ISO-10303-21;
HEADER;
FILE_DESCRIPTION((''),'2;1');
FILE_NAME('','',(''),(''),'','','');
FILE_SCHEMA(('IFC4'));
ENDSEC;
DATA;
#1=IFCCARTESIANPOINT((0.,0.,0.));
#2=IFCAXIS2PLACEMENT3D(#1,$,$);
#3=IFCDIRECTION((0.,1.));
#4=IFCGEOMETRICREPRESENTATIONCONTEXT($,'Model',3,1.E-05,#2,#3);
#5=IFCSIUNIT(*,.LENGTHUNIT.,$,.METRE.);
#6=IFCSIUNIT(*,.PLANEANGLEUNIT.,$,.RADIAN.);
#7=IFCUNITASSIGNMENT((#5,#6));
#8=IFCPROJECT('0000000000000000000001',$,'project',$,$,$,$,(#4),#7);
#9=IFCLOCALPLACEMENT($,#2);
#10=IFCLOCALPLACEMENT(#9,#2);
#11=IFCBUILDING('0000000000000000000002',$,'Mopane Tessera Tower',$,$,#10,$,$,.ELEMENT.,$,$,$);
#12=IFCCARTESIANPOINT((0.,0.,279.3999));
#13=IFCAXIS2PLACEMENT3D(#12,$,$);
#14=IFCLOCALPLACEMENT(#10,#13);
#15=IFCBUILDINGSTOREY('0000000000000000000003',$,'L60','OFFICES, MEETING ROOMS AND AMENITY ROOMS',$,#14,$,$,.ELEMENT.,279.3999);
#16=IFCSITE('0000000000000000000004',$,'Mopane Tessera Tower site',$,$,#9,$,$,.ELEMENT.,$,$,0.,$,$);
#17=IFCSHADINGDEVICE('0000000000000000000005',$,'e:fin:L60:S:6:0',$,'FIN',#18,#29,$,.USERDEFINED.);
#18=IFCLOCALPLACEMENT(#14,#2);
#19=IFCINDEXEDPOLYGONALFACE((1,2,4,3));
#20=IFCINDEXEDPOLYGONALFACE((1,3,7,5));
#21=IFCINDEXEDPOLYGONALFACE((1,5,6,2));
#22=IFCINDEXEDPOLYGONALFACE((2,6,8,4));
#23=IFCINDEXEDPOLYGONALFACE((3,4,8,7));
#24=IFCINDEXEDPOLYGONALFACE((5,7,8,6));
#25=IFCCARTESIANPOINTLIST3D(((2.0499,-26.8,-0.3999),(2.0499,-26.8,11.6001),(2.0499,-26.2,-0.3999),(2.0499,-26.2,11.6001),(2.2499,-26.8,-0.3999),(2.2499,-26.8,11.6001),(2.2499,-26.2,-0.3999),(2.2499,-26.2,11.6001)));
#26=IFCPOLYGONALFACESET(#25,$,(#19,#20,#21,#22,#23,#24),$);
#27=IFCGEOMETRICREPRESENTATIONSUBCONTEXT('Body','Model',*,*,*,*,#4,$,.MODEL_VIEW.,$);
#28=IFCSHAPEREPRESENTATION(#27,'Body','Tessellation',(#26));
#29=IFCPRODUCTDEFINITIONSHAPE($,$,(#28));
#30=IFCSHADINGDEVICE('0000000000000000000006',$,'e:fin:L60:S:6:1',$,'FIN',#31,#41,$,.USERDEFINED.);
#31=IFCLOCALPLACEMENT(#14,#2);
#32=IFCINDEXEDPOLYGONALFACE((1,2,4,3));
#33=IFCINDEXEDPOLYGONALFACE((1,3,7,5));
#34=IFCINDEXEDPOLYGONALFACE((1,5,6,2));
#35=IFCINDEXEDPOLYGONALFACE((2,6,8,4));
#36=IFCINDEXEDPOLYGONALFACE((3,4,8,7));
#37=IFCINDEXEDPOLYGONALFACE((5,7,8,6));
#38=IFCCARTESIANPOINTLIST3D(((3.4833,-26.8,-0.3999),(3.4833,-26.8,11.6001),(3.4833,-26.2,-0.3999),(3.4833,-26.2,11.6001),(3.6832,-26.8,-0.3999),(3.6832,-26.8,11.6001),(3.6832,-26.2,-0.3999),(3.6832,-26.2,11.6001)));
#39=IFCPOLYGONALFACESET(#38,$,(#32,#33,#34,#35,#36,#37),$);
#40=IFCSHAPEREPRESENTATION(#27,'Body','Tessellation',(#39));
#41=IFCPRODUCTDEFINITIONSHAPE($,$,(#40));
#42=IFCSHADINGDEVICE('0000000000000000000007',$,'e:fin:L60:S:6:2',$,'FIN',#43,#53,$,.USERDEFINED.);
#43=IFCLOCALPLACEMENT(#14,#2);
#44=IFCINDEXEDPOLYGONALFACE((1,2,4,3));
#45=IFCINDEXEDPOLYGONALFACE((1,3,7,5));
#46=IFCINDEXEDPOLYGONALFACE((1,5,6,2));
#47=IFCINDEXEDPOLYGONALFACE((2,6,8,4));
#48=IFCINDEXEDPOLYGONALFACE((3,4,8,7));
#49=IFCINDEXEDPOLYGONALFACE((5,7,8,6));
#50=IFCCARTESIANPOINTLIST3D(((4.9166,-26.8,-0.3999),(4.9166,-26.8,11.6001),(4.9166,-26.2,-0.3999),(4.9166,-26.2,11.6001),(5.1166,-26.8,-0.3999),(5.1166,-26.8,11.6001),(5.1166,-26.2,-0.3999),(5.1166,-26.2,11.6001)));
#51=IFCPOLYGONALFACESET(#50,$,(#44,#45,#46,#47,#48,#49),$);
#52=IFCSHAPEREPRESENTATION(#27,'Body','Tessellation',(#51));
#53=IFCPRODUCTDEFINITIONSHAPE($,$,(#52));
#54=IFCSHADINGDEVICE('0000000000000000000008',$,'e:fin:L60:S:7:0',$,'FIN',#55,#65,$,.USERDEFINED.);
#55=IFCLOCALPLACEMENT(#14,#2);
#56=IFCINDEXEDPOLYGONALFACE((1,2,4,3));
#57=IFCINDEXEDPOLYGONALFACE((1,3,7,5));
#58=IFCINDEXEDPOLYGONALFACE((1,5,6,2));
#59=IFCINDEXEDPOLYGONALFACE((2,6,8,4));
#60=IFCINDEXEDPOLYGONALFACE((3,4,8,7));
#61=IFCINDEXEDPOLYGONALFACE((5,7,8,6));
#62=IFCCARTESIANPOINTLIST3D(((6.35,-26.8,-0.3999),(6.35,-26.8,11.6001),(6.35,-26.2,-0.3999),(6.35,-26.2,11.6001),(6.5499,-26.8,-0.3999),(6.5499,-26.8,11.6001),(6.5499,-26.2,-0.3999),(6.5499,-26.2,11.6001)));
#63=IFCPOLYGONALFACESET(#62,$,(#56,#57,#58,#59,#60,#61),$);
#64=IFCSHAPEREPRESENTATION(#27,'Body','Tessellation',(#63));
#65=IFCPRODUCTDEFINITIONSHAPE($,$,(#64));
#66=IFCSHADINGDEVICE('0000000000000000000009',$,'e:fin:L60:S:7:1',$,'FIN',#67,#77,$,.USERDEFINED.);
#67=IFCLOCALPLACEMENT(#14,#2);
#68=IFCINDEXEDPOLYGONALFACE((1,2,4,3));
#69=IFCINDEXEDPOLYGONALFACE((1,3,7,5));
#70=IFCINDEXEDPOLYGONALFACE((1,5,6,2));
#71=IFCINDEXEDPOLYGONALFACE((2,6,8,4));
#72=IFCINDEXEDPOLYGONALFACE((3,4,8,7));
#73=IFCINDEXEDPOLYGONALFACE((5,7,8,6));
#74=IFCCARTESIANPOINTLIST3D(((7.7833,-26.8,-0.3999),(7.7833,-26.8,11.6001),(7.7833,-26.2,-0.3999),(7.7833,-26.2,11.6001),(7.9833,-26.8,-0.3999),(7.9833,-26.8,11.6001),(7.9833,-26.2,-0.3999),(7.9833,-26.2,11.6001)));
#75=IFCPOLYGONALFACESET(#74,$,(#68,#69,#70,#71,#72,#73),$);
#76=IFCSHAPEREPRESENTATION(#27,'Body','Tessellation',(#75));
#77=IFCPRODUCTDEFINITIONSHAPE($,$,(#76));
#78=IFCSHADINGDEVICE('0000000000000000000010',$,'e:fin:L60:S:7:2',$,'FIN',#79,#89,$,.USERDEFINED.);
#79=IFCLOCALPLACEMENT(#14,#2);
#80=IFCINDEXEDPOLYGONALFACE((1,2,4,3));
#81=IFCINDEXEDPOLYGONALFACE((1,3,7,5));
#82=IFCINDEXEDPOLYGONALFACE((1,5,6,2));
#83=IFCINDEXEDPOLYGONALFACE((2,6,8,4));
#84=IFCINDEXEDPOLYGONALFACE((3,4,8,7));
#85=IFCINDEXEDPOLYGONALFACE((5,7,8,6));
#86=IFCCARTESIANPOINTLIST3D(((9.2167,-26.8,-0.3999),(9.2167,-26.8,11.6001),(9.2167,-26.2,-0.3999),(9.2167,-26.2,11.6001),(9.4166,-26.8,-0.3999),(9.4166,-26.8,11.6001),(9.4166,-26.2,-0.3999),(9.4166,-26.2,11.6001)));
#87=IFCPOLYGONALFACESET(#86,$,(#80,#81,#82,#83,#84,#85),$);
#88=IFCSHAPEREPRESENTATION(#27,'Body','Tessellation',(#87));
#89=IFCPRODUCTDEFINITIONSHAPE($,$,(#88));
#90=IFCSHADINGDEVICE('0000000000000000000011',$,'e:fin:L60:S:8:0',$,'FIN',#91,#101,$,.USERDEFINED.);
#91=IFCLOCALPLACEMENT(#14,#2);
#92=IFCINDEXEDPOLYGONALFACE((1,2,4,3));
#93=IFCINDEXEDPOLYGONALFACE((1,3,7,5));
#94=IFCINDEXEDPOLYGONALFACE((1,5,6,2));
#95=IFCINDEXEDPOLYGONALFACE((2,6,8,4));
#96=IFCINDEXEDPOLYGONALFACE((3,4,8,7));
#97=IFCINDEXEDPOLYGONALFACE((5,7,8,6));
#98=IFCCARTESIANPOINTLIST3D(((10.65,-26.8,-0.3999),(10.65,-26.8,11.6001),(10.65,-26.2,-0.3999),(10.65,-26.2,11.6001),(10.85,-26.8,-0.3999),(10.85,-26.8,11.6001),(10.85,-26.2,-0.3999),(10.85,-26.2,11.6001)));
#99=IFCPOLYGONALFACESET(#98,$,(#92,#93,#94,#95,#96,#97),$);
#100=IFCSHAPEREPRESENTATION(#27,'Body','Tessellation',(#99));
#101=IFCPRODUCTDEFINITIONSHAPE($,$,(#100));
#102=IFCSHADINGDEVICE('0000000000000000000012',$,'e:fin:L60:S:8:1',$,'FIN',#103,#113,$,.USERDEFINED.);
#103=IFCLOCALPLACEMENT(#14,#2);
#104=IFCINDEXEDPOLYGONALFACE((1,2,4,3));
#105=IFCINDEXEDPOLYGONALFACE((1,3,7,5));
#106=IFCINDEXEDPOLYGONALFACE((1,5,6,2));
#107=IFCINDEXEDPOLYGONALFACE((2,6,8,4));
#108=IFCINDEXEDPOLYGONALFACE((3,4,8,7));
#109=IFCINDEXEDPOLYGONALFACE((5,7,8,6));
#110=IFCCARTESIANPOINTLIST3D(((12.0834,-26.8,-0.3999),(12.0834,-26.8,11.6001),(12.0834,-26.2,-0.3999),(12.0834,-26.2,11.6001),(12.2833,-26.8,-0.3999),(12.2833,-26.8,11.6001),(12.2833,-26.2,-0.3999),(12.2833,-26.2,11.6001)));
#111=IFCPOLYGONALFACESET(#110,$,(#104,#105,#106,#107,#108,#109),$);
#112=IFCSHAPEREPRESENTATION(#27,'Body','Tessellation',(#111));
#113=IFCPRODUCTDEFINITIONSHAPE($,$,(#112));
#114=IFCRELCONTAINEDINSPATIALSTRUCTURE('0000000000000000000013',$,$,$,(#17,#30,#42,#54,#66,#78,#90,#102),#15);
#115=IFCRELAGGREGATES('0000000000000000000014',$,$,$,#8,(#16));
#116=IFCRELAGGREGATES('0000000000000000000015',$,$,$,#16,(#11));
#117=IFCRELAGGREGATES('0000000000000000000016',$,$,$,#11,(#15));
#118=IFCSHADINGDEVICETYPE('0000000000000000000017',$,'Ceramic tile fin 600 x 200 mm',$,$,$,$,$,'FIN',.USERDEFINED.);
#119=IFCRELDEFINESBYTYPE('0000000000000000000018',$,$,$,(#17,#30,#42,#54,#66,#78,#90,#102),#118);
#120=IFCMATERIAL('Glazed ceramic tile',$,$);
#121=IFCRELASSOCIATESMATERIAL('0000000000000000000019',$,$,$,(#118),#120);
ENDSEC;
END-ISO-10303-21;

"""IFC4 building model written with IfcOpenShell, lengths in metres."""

from ifc_helpers import new_model, si_unit, direction, frame, origin, origin_2d, place, context, subcontext, project, spatial, rectangle, extrude, material, type_object, element, save


model = new_model("IFC4")

# Units and contexts
model_context = context("Model", 3, precision=1e-05, world=origin(), true_north=direction((0.0, 1.0)))
body_context = subcontext(model_context, "Body", "Model", "MODEL_VIEW")
ifc_project = project(units=[si_unit("LENGTHUNIT", "METRE"), si_unit("PLANEANGLEUNIT", "RADIAN")], contexts=[model_context])

# Site, building, storey
site_placement = place(None, origin())
site = spatial("IfcSite", under=ifc_project, at=site_placement, Name="Mopane Tessera Tower site", CompositionType="ELEMENT", RefElevation=0.0)
building_placement = place(site_placement, origin())
building = spatial("IfcBuilding", under=site, at=building_placement, Name="Mopane Tessera Tower", CompositionType="ELEMENT")
storey_placement = place(building_placement, frame((0.0, 0.0, 279.3999)))
storey = spatial("IfcBuildingStorey", under=building, at=storey_placement, Name="L60", Description="OFFICES, MEETING ROOMS AND AMENITY ROOMS", CompositionType="ELEMENT", Elevation=279.3999)

# Shading devices
ifc_material_1 = material(Name="Glazed ceramic tile")
shading_device_type = type_object("IfcShadingDeviceType", Name="Ceramic tile fin 600 x 200 mm", ElementType="FIN", PredefinedType="USERDEFINED", material=ifc_material_1)
for number, where, z_axis, x_axis, name in (
    (1, (2.1499, -26.5, -0.3999), (0.0, 0.0, 1.0), (1.0, 0.0, 0.0), "e:fin:L60:S:6:0"),
    (2, (3.5833, -26.5, -0.3999), (0.0, 0.0, 1.0), (1.0, 0.0, 0.0), "e:fin:L60:S:6:1"),
    (3, (5.0166, -26.5, -0.3999), (0.0, 0.0, 1.0), (1.0, 0.0, 0.0), "e:fin:L60:S:6:2"),
    (4, (6.45, -26.5, -0.3999), (0.0, 0.0, 1.0), (1.0, 0.0, 0.0), "e:fin:L60:S:7:0"),
    (5, (7.8833, -26.5, -0.3999), (0.0, 0.0, 1.0), (1.0, 0.0, 0.0), "e:fin:L60:S:7:1"),
    (6, (9.3167, -26.5, -0.3999), (0.0, 0.0, 1.0), (1.0, 0.0, 0.0), "e:fin:L60:S:7:2"),
    (7, (10.75, -26.5, -0.3999), (0.0, 0.0, 1.0), (1.0, 0.0, 0.0), "e:fin:L60:S:8:0"),
    (8, (12.1833, -26.5, -0.3999), (0.0, 0.0, 1.0), (1.0, 0.0, 0.0), "e:fin:L60:S:8:1"),
):
    element("IfcShadingDevice", number, at=place(storey_placement, frame(where, z_axis=z_axis, x_axis=x_axis)), inside=storey, type_object=shading_device_type, Name=name, ObjectType="FIN", PredefinedType="USERDEFINED", context=body_context, shape_type="SweptSolid", body=[
        extrude(rectangle(XDim=0.2, YDim=0.6001, at=origin_2d()), origin(), (0.0, 0.0, 1.0), 12.0),
    ])

save(model, "model.ifc")
